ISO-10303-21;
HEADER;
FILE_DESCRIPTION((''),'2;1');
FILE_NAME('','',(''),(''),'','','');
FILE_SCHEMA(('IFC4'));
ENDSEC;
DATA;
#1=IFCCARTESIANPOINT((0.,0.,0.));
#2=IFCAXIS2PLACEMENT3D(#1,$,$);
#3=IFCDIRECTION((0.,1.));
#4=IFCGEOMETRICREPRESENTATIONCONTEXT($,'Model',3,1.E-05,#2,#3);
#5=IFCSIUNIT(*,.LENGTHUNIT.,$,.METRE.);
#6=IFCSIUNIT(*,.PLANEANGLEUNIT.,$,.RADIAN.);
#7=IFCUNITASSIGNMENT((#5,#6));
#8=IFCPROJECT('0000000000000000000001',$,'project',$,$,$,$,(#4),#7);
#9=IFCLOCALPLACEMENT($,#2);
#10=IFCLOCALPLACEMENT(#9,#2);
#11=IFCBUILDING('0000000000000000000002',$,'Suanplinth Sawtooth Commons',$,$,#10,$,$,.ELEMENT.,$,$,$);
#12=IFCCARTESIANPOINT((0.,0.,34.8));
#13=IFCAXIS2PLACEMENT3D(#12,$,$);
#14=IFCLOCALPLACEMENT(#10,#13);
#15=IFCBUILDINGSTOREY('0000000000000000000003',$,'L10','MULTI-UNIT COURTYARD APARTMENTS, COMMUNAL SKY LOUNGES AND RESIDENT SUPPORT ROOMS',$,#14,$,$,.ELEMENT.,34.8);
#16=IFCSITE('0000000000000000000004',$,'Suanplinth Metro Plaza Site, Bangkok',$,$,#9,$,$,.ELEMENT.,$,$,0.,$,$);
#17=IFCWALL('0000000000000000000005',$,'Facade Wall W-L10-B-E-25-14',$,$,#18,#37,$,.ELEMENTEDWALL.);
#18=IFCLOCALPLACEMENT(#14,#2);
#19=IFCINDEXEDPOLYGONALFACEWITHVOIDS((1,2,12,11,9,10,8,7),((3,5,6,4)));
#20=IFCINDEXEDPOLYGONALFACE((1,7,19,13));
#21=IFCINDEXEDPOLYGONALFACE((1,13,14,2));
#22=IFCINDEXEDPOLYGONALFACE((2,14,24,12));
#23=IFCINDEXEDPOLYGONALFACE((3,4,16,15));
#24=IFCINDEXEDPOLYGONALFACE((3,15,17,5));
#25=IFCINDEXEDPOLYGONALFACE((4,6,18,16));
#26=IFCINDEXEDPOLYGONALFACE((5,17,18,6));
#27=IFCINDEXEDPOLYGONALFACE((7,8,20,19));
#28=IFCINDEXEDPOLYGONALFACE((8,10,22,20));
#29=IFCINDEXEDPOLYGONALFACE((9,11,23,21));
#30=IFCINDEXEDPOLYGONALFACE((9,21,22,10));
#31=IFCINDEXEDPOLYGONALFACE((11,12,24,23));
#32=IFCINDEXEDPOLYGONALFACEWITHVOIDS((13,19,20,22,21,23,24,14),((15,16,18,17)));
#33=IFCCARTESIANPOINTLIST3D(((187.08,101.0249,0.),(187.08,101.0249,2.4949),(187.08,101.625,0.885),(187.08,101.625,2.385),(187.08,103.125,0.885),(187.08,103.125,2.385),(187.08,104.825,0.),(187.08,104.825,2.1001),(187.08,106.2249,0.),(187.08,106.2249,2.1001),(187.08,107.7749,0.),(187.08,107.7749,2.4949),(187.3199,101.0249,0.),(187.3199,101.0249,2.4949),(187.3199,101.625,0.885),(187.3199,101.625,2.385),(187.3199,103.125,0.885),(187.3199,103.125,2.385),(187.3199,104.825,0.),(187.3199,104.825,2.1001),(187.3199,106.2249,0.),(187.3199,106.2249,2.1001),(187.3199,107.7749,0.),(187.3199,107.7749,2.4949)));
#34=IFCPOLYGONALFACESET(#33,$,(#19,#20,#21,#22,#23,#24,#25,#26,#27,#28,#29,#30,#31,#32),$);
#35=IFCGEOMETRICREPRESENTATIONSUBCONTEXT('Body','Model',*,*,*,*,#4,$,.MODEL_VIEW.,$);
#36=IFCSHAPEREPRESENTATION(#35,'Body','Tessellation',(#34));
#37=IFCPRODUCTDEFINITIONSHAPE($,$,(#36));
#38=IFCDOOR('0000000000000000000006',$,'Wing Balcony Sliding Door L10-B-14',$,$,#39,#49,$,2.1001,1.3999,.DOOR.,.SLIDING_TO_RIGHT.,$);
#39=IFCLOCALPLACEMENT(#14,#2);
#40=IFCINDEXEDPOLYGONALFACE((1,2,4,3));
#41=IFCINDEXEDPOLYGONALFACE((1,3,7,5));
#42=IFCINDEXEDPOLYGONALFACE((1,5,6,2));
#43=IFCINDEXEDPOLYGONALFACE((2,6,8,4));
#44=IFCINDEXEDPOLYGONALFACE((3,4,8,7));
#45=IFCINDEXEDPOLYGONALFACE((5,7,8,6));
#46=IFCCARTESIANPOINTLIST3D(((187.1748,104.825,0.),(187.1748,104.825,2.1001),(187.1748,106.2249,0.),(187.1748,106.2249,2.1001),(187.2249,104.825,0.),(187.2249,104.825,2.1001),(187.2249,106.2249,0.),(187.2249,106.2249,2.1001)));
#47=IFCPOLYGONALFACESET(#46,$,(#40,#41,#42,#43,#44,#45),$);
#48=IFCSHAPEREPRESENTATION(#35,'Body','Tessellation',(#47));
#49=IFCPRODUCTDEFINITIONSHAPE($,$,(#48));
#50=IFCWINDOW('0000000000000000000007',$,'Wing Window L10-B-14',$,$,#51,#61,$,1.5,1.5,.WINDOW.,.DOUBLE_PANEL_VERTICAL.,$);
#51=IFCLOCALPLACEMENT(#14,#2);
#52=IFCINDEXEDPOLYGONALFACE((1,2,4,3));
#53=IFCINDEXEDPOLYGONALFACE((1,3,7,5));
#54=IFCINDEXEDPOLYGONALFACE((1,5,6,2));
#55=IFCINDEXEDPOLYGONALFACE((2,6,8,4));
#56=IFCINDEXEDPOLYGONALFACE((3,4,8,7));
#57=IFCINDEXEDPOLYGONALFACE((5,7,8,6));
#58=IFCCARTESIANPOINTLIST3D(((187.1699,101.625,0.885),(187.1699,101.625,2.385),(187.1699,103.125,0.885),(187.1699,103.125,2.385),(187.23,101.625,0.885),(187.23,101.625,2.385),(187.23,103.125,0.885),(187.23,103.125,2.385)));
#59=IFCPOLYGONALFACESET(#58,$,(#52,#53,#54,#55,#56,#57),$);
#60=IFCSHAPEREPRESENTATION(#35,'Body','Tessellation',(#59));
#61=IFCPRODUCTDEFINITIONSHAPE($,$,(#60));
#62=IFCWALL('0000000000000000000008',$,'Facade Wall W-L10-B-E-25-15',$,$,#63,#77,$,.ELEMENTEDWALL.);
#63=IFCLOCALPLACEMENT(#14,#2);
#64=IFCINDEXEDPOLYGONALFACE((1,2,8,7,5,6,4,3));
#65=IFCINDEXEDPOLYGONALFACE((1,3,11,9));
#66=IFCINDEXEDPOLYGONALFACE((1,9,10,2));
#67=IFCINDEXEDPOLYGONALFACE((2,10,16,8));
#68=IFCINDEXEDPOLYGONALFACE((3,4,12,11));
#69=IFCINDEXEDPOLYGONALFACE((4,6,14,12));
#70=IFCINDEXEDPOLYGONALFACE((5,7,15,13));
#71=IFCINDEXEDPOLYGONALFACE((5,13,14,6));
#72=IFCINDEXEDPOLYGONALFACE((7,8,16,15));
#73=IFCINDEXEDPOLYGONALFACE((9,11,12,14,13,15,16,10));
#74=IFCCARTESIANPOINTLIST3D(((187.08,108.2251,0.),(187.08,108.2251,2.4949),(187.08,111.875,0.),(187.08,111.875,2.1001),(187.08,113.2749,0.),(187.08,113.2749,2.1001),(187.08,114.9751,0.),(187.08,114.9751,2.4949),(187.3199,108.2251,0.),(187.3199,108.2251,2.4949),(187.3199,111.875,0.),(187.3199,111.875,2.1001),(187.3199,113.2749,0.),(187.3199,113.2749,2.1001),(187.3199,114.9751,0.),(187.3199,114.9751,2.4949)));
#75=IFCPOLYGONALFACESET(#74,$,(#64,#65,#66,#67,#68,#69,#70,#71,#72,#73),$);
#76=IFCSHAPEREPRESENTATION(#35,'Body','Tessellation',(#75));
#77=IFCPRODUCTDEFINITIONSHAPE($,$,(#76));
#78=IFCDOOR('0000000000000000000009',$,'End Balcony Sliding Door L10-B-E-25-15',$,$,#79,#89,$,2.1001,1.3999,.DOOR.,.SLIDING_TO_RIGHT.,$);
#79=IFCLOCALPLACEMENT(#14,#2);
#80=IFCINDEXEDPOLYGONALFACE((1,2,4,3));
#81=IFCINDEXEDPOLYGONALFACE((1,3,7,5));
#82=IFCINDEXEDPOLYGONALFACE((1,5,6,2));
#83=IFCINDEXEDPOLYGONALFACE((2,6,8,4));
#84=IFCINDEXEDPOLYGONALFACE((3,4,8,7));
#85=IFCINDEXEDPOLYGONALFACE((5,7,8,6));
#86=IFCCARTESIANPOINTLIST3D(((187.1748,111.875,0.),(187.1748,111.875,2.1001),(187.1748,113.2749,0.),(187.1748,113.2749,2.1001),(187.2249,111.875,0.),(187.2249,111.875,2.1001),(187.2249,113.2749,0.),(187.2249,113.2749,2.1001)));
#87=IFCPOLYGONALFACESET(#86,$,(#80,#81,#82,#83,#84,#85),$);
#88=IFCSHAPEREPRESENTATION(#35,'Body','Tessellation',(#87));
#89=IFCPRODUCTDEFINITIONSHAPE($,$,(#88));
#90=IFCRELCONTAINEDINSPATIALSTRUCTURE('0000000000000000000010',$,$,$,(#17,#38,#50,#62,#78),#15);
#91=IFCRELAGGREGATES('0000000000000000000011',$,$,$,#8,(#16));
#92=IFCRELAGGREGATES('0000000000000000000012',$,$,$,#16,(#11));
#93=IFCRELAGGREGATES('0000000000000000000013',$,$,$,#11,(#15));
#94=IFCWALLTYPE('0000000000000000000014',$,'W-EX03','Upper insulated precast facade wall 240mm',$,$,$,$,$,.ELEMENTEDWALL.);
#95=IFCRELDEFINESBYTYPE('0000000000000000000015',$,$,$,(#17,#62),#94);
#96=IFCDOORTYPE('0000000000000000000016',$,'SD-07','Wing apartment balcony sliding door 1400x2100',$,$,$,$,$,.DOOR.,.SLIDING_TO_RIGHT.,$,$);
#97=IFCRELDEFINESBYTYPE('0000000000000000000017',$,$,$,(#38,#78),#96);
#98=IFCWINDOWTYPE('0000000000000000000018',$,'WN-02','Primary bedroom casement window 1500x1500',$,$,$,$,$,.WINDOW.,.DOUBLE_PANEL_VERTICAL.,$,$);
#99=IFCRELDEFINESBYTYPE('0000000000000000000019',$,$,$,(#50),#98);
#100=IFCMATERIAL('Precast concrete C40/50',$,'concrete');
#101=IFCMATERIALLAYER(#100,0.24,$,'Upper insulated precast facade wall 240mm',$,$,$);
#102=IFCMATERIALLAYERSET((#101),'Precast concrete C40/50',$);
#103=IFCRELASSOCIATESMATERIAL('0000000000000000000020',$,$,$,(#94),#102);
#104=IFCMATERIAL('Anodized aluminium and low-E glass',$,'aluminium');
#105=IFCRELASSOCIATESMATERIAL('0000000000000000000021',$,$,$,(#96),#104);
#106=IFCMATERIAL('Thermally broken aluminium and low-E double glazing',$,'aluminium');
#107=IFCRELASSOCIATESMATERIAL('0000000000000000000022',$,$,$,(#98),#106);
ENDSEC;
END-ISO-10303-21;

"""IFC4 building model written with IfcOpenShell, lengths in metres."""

from ifc_helpers import new_model, si_unit, direction, frame, frame_2d, origin, place, context, subcontext, project, spatial, rectangle, extrude, material, layer, layer_set, type_object, element, fill, save


model = new_model("IFC4")

# Units and contexts
model_context = context("Model", 3, precision=1e-05, world=origin(), true_north=direction((0.0, 1.0)))
body_context = subcontext(model_context, "Body", "Model", "MODEL_VIEW")
ifc_project = project(units=[si_unit("LENGTHUNIT", "METRE"), si_unit("PLANEANGLEUNIT", "RADIAN")], contexts=[model_context])

# Site, building, storey
site_placement = place(None, origin())
site = spatial("IfcSite", under=ifc_project, at=site_placement, Name="Suanplinth Metro Plaza Site, Bangkok", CompositionType="ELEMENT", RefElevation=0.0)
building_placement = place(site_placement, origin())
building = spatial("IfcBuilding", under=site, at=building_placement, Name="Suanplinth Sawtooth Commons", CompositionType="ELEMENT")
storey_placement = place(building_placement, frame((0.0, 0.0, 34.8)))
storey = spatial("IfcBuildingStorey", under=building, at=storey_placement, Name="L10", Description="MULTI-UNIT COURTYARD APARTMENTS, COMMUNAL SKY LOUNGES AND RESIDENT SUPPORT ROOMS", CompositionType="ELEMENT", Elevation=34.8)

# Shared definitions
ifc_material_1 = material(Name="Precast concrete C40/50", Category="concrete")

# Wall, openings, door, window
ifc_layer_1 = layer(ifc_material_1, 0.24, Name="Upper insulated precast facade wall 240mm")
ifc_layer_set_1 = layer_set([ifc_layer_1], Name="Precast concrete C40/50")
wall_type = type_object("IfcWallType", Name="W-EX03", Description="Upper insulated precast facade wall 240mm", PredefinedType="ELEMENTEDWALL", material=ifc_layer_set_1)
wall_1_placement = place(storey_placement, frame((187.2, 101.0249, 0.0), z_axis=(0.0, 0.0, 1.0), x_axis=(0.0, 1.0, 0.0)))
wall_1 = element("IfcWall", 1, at=wall_1_placement, inside=storey, type_object=wall_type, Name="Facade Wall W-L10-B-E-25-14", PredefinedType="ELEMENTEDWALL", context=body_context, shape_type="SweptSolid", body=[
    extrude(rectangle(XDim=6.75, YDim=0.24, at=frame_2d((3.375, 0.0))), origin(), (0.0, 0.0, 1.0), 2.4949),
])
opening_1_placement = place(wall_1_placement, frame((3.8, 0.0, 0.0)))
opening_1 = element("IfcOpeningElement", 2, at=opening_1_placement, cuts=wall_1, PredefinedType="OPENING", context=body_context, shape_type="SweptSolid", body=[
    extrude(rectangle(XDim=1.3999, YDim=2.1001, at=frame_2d((0.7, 1.05))), frame((0.0, 0.1348, 0.0), z_axis=(0.0, -1.0, 0.0), x_axis=(1.0, 0.0, 0.0)), (0.0, 0.0, 1.0), 0.2698),
])
opening_2_placement = place(wall_1_placement, frame((0.6001, 0.0, 0.885)))
opening_2 = element("IfcOpeningElement", 3, at=opening_2_placement, cuts=wall_1, PredefinedType="OPENING", context=body_context, shape_type="SweptSolid", body=[
    extrude(rectangle(XDim=1.5, YDim=1.5, at=frame_2d((0.75, 0.75))), frame((0.0, 0.1348, 0.0), z_axis=(0.0, -1.0, 0.0), x_axis=(1.0, 0.0, 0.0)), (0.0, 0.0, 1.0), 0.2698),
])
ifc_material_2 = material(Name="Anodized aluminium and low-E glass", Category="aluminium")
door_type = type_object("IfcDoorType", Name="SD-07", Description="Wing apartment balcony sliding door 1400x2100", OperationType="SLIDING_TO_RIGHT", PredefinedType="DOOR", material=ifc_material_2)
door_1_placement = place(opening_1_placement, frame((1.3999, 0.0, 0.0), z_axis=(0.0, 0.0, 1.0), x_axis=(-1.0, 0.0, 0.0)))
door_1 = element("IfcDoor", 4, at=door_1_placement, inside=storey, type_object=door_type, Name="Wing Balcony Sliding Door L10-B-14", OperationType="SLIDING_TO_RIGHT", OverallHeight=2.1001, OverallWidth=1.3999, PredefinedType="DOOR", context=body_context, shape_type="SweptSolid", body=[
    extrude(rectangle(XDim=1.3999, YDim=2.1001, at=frame_2d((0.7, 1.05))), frame((0.0, 0.0249, 0.0), z_axis=(0.0, -1.0, 0.0), x_axis=(1.0, 0.0, 0.0)), (0.0, 0.0, 1.0), 0.05),
])
fill(opening_1, door_1)
ifc_material_3 = material(Name="Thermally broken aluminium and low-E double glazing", Category="aluminium")
window_type = type_object("IfcWindowType", Name="WN-02", Description="Primary bedroom casement window 1500x1500", PartitioningType="DOUBLE_PANEL_VERTICAL", PredefinedType="WINDOW", material=ifc_material_3)
window_placement = place(opening_2_placement, origin())
window = element("IfcWindow", 5, at=window_placement, inside=storey, type_object=window_type, Name="Wing Window L10-B-14", OverallHeight=1.5, OverallWidth=1.5, PartitioningType="DOUBLE_PANEL_VERTICAL", PredefinedType="WINDOW", context=body_context, shape_type="SweptSolid", body=[
    extrude(rectangle(XDim=1.5, YDim=1.5, at=frame_2d((0.75, 0.75))), frame((0.0, 0.03, 0.0), z_axis=(0.0, -1.0, 0.0), x_axis=(1.0, 0.0, 0.0)), (0.0, 0.0, 1.0), 0.0601),
])
fill(opening_2, window)

# Wall, opening, door
wall_2_placement = place(storey_placement, frame((187.2, 108.2251, 0.0), z_axis=(0.0, 0.0, 1.0), x_axis=(0.0, 1.0, 0.0)))
wall_2 = element("IfcWall", 6, at=wall_2_placement, inside=storey, type_object=wall_type, Name="Facade Wall W-L10-B-E-25-15", PredefinedType="ELEMENTEDWALL", context=body_context, shape_type="SweptSolid", body=[
    extrude(rectangle(XDim=6.75, YDim=0.24, at=frame_2d((3.375, 0.0))), origin(), (0.0, 0.0, 1.0), 2.4949),
])
opening_3_placement = place(wall_2_placement, frame((3.6499, 0.0, 0.0)))
opening_3 = element("IfcOpeningElement", 7, at=opening_3_placement, cuts=wall_2, PredefinedType="OPENING", context=body_context, shape_type="SweptSolid", body=[
    extrude(rectangle(XDim=1.3999, YDim=2.1001, at=frame_2d((0.7, 1.05))), frame((0.0, 0.1348, 0.0), z_axis=(0.0, -1.0, 0.0), x_axis=(1.0, 0.0, 0.0)), (0.0, 0.0, 1.0), 0.2698),
])
door_2_placement = place(opening_3_placement, frame((1.3999, 0.0, 0.0), z_axis=(0.0, 0.0, 1.0), x_axis=(-1.0, 0.0, 0.0)))
door_2 = element("IfcDoor", 8, at=door_2_placement, inside=storey, type_object=door_type, Name="End Balcony Sliding Door L10-B-E-25-15", OperationType="SLIDING_TO_RIGHT", OverallHeight=2.1001, OverallWidth=1.3999, PredefinedType="DOOR", context=body_context, shape_type="SweptSolid", body=[
    extrude(rectangle(XDim=1.3999, YDim=2.1001, at=frame_2d((0.7, 1.05))), frame((0.0, 0.0249, 0.0), z_axis=(0.0, -1.0, 0.0), x_axis=(1.0, 0.0, 0.0)), (0.0, 0.0, 1.0), 0.05),
])
fill(opening_3, door_2)

save(model, "model.ifc")
